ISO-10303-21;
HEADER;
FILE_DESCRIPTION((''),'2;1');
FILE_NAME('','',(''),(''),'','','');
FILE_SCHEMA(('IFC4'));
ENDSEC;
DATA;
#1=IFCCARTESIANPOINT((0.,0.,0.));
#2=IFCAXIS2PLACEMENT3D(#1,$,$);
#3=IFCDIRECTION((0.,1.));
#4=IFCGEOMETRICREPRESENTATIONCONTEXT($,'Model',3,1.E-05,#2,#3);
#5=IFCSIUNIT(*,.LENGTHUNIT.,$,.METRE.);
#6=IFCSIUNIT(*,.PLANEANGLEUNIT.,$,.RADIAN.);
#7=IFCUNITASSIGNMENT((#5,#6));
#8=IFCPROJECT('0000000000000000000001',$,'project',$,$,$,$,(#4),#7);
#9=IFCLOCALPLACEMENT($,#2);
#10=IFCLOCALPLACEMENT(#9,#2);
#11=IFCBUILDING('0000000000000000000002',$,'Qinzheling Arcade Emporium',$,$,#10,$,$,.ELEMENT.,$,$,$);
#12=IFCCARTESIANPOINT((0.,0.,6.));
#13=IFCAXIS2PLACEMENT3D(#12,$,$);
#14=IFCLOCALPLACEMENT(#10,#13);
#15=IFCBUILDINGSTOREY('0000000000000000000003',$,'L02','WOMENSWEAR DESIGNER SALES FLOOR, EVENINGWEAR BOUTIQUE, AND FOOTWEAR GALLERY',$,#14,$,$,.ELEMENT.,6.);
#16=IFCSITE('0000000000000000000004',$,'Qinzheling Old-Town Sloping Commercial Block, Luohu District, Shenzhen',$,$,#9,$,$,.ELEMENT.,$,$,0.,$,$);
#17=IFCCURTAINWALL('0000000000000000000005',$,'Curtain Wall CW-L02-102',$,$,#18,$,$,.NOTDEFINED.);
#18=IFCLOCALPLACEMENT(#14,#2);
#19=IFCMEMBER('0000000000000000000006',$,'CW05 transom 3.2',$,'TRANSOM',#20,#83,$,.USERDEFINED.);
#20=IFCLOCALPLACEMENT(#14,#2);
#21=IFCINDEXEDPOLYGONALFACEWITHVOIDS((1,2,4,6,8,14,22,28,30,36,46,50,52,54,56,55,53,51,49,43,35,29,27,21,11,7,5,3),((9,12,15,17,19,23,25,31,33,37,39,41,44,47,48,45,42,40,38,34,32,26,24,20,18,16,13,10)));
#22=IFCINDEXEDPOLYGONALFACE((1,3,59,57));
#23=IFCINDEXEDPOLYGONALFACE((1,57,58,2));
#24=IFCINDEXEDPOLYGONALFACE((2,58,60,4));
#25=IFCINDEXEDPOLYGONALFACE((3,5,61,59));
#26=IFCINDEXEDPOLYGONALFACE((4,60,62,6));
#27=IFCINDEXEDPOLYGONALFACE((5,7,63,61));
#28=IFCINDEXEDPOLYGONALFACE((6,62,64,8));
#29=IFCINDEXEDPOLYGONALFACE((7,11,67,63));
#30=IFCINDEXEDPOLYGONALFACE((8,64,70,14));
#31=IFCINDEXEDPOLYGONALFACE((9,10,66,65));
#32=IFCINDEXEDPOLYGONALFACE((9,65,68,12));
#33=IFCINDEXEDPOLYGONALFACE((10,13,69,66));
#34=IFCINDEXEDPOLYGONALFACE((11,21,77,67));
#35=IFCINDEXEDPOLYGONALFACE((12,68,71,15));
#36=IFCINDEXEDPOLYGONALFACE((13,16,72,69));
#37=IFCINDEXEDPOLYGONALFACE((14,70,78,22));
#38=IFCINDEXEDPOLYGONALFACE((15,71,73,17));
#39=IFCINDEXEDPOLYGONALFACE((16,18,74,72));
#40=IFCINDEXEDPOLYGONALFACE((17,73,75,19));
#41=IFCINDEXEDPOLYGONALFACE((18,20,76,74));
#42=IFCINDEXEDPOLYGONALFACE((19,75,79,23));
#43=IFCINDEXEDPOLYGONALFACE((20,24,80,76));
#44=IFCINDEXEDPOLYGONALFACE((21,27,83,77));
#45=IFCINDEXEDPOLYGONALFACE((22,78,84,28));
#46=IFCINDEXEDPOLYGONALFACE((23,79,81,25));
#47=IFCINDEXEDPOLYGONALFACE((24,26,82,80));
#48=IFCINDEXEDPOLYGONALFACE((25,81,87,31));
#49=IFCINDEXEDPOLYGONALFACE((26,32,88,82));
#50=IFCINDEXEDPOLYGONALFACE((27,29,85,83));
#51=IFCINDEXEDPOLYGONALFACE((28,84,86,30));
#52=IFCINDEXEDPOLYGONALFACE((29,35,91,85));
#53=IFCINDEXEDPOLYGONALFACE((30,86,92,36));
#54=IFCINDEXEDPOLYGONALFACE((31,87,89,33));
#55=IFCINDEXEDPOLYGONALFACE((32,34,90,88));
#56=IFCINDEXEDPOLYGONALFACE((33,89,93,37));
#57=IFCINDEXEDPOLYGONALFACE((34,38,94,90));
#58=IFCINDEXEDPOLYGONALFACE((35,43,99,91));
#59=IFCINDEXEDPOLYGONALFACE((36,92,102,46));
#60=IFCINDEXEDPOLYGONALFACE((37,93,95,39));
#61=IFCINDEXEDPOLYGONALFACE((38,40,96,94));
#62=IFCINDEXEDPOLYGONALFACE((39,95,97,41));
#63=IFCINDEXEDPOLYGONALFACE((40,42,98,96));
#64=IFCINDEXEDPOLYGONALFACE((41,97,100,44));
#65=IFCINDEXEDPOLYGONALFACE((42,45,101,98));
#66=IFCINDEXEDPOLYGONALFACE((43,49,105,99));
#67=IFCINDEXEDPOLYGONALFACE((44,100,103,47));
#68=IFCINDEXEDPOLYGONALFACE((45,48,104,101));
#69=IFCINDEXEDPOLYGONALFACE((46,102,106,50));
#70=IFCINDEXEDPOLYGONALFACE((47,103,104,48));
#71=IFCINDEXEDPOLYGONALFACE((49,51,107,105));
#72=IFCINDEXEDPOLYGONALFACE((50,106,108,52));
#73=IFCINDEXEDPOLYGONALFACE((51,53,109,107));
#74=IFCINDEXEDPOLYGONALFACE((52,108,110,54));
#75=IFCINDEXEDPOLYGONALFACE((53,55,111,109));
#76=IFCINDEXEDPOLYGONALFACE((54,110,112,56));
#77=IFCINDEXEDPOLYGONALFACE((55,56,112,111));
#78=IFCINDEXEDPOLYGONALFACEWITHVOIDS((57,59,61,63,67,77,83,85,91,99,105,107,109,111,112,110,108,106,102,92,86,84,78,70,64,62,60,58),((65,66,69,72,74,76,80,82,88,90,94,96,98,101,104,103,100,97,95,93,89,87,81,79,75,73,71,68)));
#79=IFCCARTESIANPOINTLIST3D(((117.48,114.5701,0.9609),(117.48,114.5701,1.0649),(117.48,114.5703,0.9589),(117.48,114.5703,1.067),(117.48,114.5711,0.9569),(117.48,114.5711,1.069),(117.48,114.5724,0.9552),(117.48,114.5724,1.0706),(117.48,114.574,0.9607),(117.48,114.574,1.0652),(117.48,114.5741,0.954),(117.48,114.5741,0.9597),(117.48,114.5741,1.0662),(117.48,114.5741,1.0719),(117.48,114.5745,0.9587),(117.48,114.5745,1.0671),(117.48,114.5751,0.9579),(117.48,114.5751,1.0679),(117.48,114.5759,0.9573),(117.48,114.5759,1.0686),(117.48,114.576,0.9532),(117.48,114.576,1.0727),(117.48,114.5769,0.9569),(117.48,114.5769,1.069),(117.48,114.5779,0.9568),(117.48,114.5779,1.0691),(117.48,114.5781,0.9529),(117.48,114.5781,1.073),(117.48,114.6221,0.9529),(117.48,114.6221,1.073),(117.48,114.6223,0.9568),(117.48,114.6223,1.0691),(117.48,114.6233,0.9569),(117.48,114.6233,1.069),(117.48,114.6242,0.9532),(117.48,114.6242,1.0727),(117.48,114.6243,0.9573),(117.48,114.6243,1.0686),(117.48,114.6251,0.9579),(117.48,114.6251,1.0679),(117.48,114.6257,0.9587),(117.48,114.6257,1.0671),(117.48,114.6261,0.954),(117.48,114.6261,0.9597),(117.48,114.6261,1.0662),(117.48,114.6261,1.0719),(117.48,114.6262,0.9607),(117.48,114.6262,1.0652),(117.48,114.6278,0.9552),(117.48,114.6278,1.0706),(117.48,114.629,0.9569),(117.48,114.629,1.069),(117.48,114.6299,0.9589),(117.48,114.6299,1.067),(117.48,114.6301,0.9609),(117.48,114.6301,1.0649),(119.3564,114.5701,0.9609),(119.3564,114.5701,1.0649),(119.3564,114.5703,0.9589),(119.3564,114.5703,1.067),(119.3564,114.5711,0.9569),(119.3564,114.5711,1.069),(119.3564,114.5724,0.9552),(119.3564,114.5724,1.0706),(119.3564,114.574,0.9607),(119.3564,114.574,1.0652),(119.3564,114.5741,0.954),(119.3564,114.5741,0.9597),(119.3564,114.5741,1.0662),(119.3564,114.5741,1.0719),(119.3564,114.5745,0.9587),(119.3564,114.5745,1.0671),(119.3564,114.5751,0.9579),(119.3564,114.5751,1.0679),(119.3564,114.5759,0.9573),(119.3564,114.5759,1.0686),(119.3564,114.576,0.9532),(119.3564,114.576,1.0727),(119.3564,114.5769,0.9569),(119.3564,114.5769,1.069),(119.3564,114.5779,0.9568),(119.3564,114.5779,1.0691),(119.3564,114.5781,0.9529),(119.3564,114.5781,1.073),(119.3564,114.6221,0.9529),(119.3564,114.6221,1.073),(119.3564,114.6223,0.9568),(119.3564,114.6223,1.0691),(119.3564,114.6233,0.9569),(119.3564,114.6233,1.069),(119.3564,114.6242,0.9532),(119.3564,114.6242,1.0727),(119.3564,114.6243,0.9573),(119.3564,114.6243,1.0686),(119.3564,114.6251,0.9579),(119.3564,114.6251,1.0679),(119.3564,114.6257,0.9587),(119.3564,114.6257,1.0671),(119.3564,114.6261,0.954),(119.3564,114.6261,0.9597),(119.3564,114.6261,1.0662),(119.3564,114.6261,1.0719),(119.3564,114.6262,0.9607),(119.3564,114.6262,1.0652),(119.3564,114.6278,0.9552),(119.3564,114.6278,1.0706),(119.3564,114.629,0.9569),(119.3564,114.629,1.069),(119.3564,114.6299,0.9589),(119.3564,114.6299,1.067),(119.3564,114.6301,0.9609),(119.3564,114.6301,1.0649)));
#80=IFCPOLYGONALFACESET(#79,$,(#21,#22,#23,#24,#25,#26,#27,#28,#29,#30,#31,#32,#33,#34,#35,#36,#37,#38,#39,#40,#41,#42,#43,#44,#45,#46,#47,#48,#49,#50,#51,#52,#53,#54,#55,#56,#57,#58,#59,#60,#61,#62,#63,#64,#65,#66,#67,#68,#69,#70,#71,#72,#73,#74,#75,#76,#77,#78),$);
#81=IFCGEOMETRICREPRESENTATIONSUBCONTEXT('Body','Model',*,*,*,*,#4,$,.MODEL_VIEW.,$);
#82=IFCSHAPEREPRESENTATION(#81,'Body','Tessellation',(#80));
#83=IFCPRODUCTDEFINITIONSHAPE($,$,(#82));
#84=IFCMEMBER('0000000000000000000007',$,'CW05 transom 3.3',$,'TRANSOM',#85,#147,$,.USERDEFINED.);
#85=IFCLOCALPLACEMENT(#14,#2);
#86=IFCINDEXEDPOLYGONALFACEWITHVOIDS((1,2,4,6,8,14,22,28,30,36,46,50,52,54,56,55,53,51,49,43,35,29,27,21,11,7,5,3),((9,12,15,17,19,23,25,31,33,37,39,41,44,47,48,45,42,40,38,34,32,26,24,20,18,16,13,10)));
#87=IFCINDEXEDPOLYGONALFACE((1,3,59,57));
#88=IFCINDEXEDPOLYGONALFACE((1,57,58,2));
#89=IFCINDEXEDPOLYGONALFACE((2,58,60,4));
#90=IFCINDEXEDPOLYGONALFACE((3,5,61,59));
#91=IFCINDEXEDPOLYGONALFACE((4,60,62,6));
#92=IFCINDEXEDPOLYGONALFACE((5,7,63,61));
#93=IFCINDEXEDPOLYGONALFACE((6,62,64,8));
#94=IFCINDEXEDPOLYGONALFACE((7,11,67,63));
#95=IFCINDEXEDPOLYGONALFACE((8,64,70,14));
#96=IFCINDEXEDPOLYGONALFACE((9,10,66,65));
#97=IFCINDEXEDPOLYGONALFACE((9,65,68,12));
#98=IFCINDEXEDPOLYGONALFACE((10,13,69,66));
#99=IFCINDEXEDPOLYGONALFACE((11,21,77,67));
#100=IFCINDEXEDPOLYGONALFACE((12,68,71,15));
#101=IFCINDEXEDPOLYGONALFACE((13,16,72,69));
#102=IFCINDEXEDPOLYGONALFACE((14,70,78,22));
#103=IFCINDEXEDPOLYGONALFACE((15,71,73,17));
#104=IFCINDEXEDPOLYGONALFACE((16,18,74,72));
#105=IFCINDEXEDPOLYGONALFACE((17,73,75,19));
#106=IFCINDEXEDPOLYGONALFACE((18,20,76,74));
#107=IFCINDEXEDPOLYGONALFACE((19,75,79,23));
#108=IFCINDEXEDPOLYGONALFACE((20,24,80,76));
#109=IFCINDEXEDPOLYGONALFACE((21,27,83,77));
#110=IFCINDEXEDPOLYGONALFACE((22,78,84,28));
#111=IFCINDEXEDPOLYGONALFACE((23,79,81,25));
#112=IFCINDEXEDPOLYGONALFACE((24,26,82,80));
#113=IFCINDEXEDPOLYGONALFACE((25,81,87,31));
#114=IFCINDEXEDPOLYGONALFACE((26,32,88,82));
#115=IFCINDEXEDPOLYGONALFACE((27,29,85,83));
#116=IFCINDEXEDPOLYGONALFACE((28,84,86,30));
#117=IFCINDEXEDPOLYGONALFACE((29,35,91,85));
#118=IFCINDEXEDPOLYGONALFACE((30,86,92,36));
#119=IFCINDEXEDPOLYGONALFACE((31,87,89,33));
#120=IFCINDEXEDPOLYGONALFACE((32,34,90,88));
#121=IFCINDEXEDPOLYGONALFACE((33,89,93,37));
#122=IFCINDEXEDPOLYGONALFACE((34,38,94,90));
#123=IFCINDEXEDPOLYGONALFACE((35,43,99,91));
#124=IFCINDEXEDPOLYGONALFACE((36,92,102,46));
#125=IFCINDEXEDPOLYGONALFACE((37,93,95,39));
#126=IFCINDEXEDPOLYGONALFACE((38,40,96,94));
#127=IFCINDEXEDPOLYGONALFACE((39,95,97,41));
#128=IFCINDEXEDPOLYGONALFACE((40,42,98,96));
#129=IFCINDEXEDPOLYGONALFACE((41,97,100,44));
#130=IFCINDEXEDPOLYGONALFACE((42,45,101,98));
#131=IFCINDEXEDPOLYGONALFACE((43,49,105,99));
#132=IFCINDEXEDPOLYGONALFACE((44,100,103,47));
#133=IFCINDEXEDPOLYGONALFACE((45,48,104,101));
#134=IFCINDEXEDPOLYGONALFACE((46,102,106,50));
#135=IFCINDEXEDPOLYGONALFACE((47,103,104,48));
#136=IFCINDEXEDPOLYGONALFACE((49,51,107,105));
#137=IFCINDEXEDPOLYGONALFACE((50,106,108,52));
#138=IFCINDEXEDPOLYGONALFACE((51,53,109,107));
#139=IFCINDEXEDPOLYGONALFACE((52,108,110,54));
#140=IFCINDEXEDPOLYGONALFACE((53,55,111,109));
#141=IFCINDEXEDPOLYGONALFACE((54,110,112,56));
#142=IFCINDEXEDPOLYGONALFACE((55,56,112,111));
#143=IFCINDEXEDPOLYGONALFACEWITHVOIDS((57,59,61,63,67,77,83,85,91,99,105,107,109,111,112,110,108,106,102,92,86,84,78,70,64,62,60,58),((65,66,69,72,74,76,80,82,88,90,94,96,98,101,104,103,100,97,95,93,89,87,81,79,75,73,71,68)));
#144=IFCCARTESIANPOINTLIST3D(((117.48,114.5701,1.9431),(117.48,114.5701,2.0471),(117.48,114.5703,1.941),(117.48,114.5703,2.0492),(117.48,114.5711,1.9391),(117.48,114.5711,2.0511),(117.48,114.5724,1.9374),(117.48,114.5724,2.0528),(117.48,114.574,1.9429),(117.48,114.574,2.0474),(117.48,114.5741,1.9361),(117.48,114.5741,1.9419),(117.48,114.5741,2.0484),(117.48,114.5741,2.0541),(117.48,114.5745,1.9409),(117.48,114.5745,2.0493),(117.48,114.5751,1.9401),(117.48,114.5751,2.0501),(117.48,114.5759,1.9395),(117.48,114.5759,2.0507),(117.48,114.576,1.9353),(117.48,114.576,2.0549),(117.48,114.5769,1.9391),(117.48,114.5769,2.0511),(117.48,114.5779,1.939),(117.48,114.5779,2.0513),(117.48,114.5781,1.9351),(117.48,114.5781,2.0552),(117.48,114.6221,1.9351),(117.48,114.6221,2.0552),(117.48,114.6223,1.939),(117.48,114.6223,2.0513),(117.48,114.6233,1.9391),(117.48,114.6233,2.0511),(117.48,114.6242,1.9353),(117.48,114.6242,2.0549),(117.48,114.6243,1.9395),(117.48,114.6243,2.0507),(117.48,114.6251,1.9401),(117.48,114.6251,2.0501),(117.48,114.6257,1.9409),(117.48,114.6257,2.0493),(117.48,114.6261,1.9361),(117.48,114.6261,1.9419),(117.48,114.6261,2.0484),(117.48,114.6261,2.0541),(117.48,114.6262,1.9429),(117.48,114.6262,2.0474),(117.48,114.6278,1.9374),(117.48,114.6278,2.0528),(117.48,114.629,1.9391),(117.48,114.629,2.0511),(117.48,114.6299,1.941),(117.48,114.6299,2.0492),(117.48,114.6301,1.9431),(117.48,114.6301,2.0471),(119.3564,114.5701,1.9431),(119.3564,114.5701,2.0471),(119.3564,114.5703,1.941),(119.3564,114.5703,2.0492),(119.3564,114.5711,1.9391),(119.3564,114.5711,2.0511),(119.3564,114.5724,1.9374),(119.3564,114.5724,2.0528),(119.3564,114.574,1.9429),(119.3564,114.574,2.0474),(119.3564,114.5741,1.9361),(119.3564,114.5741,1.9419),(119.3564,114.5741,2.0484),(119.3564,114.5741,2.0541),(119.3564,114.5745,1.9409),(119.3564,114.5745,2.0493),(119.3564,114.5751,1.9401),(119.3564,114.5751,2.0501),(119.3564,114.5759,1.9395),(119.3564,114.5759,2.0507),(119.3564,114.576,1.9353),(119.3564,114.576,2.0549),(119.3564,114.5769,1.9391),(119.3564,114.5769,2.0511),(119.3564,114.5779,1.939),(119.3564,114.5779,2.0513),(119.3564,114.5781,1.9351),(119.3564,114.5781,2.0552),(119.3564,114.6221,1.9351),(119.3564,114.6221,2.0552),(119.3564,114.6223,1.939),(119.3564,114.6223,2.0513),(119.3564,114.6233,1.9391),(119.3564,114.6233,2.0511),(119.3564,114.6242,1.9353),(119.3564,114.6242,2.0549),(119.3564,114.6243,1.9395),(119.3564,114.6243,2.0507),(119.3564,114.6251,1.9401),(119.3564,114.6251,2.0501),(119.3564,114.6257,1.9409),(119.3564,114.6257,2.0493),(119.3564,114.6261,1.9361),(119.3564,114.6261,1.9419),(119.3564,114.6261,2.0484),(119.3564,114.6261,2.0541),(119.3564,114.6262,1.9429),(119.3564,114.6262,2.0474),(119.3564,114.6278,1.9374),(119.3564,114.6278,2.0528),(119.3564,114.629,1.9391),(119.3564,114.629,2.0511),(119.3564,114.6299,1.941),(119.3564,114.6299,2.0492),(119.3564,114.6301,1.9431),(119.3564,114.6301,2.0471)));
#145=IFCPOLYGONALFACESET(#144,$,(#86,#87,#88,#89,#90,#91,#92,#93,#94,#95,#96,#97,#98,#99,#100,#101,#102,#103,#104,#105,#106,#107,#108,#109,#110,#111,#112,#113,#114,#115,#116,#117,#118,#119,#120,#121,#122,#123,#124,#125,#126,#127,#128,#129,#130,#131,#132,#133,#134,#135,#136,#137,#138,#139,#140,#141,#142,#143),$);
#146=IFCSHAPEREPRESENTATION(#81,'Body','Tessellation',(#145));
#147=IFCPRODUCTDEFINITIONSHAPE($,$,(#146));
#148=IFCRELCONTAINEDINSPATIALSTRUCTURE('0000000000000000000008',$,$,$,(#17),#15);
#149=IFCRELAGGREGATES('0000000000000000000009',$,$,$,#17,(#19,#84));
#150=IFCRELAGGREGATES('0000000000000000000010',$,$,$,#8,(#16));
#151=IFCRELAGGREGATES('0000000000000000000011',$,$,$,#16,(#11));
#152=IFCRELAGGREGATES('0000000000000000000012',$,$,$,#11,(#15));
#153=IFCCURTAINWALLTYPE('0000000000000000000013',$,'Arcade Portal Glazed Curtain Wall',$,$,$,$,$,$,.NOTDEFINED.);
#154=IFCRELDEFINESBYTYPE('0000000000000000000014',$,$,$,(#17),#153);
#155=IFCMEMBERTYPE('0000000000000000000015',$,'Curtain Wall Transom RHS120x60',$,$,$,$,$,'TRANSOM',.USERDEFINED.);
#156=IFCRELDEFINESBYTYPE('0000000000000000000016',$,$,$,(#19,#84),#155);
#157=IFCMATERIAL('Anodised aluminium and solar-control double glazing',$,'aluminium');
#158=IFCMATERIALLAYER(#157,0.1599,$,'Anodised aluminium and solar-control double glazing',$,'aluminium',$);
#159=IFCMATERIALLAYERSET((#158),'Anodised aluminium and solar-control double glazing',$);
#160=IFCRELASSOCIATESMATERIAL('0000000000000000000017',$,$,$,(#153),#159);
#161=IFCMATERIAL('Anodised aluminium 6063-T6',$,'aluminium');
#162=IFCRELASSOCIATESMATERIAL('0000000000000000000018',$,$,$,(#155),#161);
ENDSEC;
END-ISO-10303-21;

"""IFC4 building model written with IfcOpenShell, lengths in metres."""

from ifc_helpers import new_model, si_unit, direction, frame, origin, origin_2d, place, context, subcontext, project, spatial, hollow_rectangle, extrude, material, layer, layer_set, material_profile, profile_set, type_object, element, aggregate, save


model = new_model("IFC4")

# Units and contexts
model_context = context("Model", 3, precision=1e-05, world=origin(), true_north=direction((0.0, 1.0)))
body_context = subcontext(model_context, "Body", "Model", "MODEL_VIEW")
ifc_project = project(units=[si_unit("LENGTHUNIT", "METRE"), si_unit("PLANEANGLEUNIT", "RADIAN")], contexts=[model_context])

# Site, building, storey
site_placement = place(None, origin())
site = spatial("IfcSite", under=ifc_project, at=site_placement, Name="Qinzheling Old-Town Sloping Commercial Block, Luohu District, Shenzhen", CompositionType="ELEMENT", RefElevation=0.0)
building_placement = place(site_placement, origin())
building = spatial("IfcBuilding", under=site, at=building_placement, Name="Qinzheling Arcade Emporium", CompositionType="ELEMENT")
storey_placement = place(building_placement, frame((0.0, 0.0, 6.0)))
storey = spatial("IfcBuildingStorey", under=building, at=storey_placement, Name="L02", Description="WOMENSWEAR DESIGNER SALES FLOOR, EVENINGWEAR BOUTIQUE, AND FOOTWEAR GALLERY", CompositionType="ELEMENT", Elevation=6.0)

# Curtain wall
ifc_material_1 = material(Name="Anodised aluminium and solar-control double glazing", Category="aluminium")
ifc_layer_1 = layer(ifc_material_1, 0.1599, Name="Anodised aluminium and solar-control double glazing", Category="aluminium")
ifc_layer_set_1 = layer_set([ifc_layer_1], Name="Anodised aluminium and solar-control double glazing")
curtain_wall_type_1 = type_object("IfcCurtainWallType", Name="Arcade Portal Glazed Curtain Wall", PredefinedType="NOTDEFINED", material=ifc_layer_set_1)
curtain_wall_1_placement = place(storey_placement, origin())
curtain_wall_1 = element("IfcCurtainWall", 1, at=curtain_wall_1_placement, inside=storey, type_object=curtain_wall_type_1, Name="Curtain Wall CW-L02-102", PredefinedType="NOTDEFINED")
ifc_material_2 = material(Name="Anodised aluminium 6063-T6", Category="aluminium")

# Members
ifc_material_profile_1 = material_profile(ifc_material_2, hollow_rectangle(XDim=0.0601, YDim=0.1201, WallThickness=0.0039, InnerFilletRadius=0.0039, OuterFilletRadius=0.0081, at=origin_2d()), Name="RHS 120x60x4", Category="aluminium")
ifc_profile_set_1 = profile_set([ifc_material_profile_1], Name="Anodised aluminium 6063-T6")
member_type_1 = type_object("IfcMemberType", Name="Curtain Wall Transom RHS120x60", ElementType="TRANSOM", PredefinedType="USERDEFINED", material=ifc_profile_set_1)
member_1_placement = place(storey_placement, frame((117.48, 114.6001, 1.0129), z_axis=(1.0, 0.0, 0.0), x_axis=(0.0, 1.0, 0.0)))
member_1 = element("IfcMember", 2, at=member_1_placement, type_object=member_type_1, Name="CW05 transom 3.2", ObjectType="TRANSOM", PredefinedType="USERDEFINED", context=body_context, shape_type="SweptSolid", body=[
    extrude(hollow_rectangle(XDim=0.0601, YDim=0.1201, WallThickness=0.0039, InnerFilletRadius=0.0039, OuterFilletRadius=0.0081, at=origin_2d()), origin(), (0.0, 0.0, 1.0), 1.8765),
])
member_2_placement = place(storey_placement, frame((117.48, 114.6001, 1.9951), z_axis=(1.0, 0.0, 0.0), x_axis=(0.0, 1.0, 0.0)))
member_2 = element("IfcMember", 3, at=member_2_placement, type_object=member_type_1, Name="CW05 transom 3.3", ObjectType="TRANSOM", PredefinedType="USERDEFINED", context=body_context, shape_type="SweptSolid", body=[
    extrude(hollow_rectangle(XDim=0.0601, YDim=0.1201, WallThickness=0.0039, InnerFilletRadius=0.0039, OuterFilletRadius=0.0081, at=origin_2d()), origin(), (0.0, 0.0, 1.0), 1.8765),
])

aggregate(curtain_wall_1, [member_1, member_2])

save(model, "model.ifc")
